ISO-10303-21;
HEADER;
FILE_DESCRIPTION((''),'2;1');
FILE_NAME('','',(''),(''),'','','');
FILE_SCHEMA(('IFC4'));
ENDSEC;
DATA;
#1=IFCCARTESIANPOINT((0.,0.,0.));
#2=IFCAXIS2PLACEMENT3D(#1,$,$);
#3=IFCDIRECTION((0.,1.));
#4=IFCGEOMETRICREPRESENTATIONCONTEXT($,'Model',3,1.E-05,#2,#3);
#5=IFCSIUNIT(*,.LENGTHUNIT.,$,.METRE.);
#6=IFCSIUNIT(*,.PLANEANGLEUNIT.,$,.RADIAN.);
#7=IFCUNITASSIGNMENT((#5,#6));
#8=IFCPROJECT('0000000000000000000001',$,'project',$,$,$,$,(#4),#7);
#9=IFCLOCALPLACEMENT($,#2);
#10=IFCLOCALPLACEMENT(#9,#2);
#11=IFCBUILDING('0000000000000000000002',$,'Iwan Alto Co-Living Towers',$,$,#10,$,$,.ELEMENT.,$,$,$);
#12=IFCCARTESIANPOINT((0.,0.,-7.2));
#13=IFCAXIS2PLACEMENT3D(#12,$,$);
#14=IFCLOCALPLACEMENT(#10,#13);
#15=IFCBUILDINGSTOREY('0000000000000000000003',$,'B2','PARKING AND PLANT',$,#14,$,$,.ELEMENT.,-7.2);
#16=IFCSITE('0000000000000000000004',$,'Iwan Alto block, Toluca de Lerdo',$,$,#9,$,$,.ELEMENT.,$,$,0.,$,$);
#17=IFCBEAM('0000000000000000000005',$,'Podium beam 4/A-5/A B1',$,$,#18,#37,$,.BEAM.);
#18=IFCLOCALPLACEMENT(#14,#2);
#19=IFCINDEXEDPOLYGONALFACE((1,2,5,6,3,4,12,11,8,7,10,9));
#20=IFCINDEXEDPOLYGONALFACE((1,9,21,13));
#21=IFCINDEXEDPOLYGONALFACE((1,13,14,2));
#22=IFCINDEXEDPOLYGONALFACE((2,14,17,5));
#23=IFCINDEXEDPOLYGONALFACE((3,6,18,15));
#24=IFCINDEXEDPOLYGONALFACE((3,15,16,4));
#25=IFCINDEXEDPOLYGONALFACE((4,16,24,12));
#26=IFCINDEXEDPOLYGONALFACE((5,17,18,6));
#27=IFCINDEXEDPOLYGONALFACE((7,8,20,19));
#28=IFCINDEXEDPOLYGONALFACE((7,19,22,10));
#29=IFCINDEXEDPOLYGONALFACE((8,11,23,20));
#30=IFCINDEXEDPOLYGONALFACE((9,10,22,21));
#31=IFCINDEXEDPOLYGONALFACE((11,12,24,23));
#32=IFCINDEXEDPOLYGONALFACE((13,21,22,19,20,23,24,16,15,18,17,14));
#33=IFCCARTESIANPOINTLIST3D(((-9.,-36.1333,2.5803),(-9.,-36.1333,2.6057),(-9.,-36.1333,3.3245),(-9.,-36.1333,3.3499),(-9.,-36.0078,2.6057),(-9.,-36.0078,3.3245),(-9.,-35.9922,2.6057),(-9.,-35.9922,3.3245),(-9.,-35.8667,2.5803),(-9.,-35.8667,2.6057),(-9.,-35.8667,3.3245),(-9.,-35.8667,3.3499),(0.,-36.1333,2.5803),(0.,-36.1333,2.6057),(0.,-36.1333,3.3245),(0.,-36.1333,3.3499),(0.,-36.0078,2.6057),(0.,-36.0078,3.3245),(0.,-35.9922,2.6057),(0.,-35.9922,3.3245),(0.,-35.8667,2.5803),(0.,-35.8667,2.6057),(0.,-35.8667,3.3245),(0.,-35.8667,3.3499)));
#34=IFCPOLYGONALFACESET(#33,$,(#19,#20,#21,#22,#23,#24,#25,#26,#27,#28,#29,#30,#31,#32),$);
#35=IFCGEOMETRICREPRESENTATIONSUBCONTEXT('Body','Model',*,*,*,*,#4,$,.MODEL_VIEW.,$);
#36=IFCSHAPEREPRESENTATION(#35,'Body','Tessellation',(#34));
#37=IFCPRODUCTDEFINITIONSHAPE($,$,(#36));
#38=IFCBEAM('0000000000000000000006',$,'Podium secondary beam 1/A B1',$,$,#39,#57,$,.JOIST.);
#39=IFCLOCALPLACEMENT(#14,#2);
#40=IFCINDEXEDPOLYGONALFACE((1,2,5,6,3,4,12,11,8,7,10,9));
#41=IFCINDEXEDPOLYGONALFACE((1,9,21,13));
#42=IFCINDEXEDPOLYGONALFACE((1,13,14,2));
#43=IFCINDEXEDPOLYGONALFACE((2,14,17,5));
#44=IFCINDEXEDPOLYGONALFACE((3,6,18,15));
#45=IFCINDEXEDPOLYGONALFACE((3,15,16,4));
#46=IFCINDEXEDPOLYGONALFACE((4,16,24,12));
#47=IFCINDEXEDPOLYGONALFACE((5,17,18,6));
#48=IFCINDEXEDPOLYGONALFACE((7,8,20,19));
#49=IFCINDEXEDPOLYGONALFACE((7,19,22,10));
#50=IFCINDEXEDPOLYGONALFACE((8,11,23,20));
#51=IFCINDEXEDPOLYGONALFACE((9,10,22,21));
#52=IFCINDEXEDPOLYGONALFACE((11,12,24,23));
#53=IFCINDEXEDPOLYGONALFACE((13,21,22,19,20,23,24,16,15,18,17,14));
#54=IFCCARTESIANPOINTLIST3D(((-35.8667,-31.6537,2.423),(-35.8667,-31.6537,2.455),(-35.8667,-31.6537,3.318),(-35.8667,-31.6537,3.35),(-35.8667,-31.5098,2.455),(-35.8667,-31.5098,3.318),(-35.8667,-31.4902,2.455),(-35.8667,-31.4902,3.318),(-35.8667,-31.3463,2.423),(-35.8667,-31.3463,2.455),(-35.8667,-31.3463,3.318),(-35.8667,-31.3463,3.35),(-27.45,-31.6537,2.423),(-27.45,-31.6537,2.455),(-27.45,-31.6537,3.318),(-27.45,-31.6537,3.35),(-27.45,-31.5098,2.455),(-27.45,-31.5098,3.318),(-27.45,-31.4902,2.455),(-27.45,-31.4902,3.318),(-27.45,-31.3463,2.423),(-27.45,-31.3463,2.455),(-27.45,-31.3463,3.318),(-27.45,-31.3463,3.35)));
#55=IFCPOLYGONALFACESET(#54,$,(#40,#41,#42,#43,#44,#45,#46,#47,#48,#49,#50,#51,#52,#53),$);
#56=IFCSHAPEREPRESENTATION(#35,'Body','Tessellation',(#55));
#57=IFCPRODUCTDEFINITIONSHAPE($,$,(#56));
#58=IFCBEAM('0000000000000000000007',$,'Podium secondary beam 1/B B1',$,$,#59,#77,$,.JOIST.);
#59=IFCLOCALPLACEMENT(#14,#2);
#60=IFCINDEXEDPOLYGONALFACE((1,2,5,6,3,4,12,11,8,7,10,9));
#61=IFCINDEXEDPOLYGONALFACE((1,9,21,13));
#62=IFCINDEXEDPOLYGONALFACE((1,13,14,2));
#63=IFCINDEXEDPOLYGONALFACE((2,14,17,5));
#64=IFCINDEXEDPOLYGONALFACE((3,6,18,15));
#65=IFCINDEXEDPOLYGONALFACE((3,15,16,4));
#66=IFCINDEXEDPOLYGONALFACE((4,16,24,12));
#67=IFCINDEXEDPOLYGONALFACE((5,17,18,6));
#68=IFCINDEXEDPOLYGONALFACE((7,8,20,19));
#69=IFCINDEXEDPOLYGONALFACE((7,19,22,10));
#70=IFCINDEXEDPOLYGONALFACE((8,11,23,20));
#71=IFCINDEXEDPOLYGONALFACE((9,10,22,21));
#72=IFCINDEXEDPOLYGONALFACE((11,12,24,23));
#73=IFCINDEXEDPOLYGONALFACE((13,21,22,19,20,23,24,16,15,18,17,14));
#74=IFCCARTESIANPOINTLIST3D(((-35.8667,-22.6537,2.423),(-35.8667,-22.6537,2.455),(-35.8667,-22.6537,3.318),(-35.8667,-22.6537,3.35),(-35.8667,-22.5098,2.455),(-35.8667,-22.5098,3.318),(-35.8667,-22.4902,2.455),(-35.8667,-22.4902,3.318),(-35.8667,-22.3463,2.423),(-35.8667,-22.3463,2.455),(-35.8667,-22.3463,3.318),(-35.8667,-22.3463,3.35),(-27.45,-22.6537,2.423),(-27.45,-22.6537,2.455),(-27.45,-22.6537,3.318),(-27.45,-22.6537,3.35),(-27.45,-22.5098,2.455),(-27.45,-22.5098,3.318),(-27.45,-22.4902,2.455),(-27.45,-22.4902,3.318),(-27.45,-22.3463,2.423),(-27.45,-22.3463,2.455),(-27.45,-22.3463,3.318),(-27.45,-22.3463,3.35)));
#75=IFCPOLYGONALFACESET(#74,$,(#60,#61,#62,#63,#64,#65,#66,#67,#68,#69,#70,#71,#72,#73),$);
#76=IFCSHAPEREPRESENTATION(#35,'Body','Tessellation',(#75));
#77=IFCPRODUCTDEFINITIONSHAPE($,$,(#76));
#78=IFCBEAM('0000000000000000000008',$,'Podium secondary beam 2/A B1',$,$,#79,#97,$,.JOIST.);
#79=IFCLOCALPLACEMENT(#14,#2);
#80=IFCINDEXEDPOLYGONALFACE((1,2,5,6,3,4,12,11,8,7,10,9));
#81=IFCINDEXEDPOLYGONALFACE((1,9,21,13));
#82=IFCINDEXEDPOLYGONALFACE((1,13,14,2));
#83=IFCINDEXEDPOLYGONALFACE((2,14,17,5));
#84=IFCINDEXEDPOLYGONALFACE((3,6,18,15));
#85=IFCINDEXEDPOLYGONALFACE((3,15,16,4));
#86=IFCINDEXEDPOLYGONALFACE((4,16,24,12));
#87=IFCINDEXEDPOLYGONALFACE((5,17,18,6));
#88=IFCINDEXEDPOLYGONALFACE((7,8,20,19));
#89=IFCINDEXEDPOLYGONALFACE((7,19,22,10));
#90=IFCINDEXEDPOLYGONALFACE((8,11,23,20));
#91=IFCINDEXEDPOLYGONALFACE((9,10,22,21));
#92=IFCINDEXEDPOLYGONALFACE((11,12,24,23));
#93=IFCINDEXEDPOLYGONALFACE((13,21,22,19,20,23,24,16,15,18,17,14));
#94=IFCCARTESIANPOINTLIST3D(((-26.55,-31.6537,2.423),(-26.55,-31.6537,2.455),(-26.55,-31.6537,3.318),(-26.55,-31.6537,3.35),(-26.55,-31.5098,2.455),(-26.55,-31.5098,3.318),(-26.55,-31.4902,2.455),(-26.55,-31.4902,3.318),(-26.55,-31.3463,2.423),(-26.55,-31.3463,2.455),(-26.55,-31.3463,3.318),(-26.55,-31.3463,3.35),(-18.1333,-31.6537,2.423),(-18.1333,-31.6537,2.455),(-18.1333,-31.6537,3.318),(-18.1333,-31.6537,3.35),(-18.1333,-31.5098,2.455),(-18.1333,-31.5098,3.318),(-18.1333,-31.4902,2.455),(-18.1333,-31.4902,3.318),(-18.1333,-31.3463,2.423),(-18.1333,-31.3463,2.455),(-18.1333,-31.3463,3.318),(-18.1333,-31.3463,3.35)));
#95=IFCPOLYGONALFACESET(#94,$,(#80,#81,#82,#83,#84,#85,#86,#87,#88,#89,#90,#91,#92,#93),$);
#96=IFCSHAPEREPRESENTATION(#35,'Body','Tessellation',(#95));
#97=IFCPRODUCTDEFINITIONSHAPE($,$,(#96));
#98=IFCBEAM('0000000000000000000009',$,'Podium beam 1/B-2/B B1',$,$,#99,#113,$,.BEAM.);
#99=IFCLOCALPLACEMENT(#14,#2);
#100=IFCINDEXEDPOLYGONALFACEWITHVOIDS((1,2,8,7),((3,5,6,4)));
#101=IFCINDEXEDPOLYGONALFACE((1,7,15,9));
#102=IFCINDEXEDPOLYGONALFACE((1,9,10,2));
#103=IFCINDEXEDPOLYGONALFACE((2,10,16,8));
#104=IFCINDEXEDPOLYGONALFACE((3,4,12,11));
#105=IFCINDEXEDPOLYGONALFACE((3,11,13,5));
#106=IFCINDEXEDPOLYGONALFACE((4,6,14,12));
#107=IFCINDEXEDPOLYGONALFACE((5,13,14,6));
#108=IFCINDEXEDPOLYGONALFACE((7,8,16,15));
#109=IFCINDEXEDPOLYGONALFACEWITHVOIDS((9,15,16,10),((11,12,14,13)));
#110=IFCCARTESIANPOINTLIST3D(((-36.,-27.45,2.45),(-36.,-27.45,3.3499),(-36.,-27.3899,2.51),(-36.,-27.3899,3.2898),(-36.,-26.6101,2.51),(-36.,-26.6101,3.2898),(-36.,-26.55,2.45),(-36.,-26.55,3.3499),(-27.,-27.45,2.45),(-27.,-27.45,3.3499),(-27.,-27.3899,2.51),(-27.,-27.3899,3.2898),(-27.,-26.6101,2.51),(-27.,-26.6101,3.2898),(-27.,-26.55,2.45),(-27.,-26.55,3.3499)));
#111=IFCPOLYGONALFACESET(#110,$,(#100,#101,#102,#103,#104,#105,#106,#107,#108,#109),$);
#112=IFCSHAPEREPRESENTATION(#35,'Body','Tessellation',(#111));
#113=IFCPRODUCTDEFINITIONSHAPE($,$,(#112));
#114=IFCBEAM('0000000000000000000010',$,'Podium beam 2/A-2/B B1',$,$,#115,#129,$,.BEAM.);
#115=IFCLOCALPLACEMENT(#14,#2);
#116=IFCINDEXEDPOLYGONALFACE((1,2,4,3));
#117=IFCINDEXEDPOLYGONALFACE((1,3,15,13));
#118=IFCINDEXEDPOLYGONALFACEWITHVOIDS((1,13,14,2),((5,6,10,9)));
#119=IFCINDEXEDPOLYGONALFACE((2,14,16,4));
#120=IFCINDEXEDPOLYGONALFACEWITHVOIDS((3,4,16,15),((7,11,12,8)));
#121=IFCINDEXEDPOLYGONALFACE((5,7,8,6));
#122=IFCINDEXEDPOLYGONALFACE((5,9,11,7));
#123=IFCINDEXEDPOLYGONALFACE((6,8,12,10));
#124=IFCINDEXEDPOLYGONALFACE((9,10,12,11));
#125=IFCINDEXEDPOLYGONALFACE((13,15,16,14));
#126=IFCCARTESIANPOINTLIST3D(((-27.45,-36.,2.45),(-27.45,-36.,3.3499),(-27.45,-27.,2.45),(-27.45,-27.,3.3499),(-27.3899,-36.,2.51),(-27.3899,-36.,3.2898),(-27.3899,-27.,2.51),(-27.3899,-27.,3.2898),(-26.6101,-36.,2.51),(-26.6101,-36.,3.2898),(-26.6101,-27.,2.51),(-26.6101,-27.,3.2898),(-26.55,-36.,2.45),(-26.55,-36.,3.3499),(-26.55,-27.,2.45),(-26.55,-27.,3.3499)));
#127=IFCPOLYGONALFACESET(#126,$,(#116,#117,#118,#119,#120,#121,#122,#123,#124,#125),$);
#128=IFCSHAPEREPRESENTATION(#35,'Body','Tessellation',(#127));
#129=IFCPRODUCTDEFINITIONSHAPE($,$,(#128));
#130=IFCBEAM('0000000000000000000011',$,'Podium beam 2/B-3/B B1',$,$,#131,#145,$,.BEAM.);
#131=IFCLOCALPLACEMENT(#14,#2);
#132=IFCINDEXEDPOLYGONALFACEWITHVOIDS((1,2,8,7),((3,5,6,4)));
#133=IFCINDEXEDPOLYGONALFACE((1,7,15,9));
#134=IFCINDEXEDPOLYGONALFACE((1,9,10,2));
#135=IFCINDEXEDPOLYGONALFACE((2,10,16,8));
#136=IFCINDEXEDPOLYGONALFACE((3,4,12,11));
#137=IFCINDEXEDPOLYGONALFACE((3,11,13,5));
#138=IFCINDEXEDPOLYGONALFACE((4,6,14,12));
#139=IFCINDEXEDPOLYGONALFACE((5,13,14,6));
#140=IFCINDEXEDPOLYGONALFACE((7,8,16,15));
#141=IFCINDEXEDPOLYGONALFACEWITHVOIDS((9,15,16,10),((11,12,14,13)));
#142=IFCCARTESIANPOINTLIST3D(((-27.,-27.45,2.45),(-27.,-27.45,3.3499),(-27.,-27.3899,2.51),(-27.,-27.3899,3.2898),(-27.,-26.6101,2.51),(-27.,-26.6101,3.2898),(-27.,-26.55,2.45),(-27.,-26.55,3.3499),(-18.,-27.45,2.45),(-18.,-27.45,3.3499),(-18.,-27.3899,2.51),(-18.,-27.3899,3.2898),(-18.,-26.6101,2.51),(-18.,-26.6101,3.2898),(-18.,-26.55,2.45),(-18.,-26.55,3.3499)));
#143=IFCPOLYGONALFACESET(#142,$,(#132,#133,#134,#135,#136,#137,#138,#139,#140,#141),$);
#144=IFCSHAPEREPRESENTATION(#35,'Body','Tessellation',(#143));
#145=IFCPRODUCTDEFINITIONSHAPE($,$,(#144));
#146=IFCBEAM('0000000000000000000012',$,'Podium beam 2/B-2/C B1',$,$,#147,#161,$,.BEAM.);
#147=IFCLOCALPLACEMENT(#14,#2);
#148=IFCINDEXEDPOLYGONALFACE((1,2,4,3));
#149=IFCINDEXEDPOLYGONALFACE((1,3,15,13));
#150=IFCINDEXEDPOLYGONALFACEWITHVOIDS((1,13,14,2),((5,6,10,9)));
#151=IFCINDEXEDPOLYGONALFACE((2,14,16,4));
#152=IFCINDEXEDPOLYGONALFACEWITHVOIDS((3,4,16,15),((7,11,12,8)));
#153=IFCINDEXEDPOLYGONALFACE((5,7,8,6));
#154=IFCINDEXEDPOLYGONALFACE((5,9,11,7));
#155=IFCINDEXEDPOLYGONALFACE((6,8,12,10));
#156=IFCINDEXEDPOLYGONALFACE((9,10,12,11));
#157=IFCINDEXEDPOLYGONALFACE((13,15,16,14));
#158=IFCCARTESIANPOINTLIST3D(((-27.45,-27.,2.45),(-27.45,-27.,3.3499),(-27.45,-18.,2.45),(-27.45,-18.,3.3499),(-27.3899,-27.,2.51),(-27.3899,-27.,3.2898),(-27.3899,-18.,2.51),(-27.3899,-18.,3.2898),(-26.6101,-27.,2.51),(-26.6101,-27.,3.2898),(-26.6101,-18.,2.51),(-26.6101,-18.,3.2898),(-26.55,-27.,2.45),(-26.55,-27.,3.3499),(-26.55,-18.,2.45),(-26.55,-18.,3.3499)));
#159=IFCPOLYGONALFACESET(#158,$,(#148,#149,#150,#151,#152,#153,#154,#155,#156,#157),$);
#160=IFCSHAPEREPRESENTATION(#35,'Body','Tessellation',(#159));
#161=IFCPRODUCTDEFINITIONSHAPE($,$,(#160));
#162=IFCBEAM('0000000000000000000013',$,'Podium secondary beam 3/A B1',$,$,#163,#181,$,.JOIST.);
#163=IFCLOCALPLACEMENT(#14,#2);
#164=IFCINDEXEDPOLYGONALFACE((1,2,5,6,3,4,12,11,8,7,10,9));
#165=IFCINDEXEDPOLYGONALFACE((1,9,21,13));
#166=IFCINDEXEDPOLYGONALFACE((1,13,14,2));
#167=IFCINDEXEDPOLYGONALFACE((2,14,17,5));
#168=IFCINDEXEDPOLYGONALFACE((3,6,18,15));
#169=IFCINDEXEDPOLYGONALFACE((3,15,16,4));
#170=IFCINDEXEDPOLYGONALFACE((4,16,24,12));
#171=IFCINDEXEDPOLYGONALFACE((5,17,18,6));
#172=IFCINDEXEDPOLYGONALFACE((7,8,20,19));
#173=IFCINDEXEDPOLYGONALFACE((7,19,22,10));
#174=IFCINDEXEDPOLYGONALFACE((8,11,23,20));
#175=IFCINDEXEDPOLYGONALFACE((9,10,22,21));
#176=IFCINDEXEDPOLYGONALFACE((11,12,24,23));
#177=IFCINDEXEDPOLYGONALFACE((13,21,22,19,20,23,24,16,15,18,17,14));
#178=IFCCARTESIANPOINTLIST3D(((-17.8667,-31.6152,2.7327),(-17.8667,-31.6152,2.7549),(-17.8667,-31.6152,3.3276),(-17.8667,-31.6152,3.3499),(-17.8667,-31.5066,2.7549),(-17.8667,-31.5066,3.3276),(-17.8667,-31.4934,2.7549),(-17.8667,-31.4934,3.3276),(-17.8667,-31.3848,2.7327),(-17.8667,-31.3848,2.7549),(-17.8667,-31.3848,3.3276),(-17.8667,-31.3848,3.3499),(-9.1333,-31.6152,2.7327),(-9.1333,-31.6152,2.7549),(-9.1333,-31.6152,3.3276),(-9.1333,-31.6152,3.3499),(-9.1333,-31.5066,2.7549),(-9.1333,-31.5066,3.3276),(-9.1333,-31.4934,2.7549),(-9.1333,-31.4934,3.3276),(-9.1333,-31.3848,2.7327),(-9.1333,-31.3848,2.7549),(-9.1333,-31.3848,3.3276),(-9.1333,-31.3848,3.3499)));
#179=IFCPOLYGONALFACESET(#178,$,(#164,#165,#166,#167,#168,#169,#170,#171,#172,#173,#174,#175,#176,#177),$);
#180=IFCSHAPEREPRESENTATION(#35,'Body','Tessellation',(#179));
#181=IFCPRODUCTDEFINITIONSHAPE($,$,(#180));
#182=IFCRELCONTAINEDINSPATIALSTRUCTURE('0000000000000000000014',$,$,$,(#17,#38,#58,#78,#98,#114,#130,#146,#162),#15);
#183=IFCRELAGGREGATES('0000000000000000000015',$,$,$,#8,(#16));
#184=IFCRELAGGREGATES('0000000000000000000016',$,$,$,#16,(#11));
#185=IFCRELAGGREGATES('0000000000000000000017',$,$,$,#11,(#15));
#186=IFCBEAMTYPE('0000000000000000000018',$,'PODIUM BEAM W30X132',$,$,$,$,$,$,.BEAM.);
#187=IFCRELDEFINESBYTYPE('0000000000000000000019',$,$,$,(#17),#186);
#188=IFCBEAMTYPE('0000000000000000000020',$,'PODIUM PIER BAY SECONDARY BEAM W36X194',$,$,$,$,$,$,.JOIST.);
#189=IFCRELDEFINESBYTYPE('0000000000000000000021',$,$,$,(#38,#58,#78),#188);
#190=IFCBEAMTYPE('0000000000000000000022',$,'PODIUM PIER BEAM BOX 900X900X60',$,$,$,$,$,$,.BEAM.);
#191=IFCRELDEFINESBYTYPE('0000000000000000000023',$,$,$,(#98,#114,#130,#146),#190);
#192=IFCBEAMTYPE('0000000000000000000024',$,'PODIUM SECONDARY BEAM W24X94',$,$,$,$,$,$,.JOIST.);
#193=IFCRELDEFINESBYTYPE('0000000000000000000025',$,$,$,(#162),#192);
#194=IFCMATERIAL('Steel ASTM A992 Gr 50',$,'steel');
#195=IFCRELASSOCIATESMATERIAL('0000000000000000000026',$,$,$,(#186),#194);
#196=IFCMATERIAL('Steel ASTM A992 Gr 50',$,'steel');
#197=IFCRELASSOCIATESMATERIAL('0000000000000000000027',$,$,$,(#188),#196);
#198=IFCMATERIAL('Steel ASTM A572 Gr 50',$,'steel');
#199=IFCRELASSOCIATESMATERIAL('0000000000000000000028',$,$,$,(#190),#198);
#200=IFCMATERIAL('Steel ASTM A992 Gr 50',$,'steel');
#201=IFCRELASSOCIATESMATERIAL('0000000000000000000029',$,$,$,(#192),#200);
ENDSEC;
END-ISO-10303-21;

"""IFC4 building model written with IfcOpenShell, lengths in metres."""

from ifc_helpers import new_model, si_unit, direction, frame, origin, origin_2d, place, context, subcontext, project, spatial, hollow_rectangle, i_section, extrude, material, material_profile, profile_set, type_object, element, save


model = new_model("IFC4")

# Units and contexts
model_context = context("Model", 3, precision=1e-05, world=origin(), true_north=direction((0.0, 1.0)))
body_context = subcontext(model_context, "Body", "Model", "MODEL_VIEW")
ifc_project = project(units=[si_unit("LENGTHUNIT", "METRE"), si_unit("PLANEANGLEUNIT", "RADIAN")], contexts=[model_context])

# Site, building, storey
site_placement = place(None, origin())
site = spatial("IfcSite", under=ifc_project, at=site_placement, Name="Iwan Alto block, Toluca de Lerdo", CompositionType="ELEMENT", RefElevation=0.0)
building_placement = place(site_placement, origin())
building = spatial("IfcBuilding", under=site, at=building_placement, Name="Iwan Alto Co-Living Towers", CompositionType="ELEMENT")
storey_placement = place(building_placement, frame((0.0, 0.0, -7.2)))
storey = spatial("IfcBuildingStorey", under=building, at=storey_placement, Name="B2", Description="PARKING AND PLANT", CompositionType="ELEMENT", Elevation=-7.2)

# Beams
ifc_material_1 = material(Name="Steel ASTM A992 Gr 50", Category="steel")
ifc_material_profile_1 = material_profile(ifc_material_1, i_section(OverallWidth=0.2666, OverallDepth=0.7695, WebThickness=0.0156, FlangeThickness=0.0254, at=origin_2d()), Name="W30X132")
ifc_profile_set_1 = profile_set([ifc_material_profile_1], Name="Steel ASTM A992 Gr 50")
beam_type_1 = type_object("IfcBeamType", Name="PODIUM BEAM W30X132", PredefinedType="BEAM", material=ifc_profile_set_1)
for number, where, z_axis, x_axis, name in (
    (1, (-9.0, -36.0, 2.9651), (1.0, 0.0, 0.0), (0.0, 1.0, 0.0), "Podium beam 4/A-5/A B1"),
):
    element("IfcBeam", number, at=place(storey_placement, frame(where, z_axis=z_axis, x_axis=x_axis)), inside=storey, type_object=beam_type_1, Name=name, PredefinedType="BEAM", context=body_context, shape_type="SweptSolid", body=[
        extrude(i_section(OverallWidth=0.2666, OverallDepth=0.7695, WebThickness=0.0156, FlangeThickness=0.0254, at=origin_2d()), origin(), (0.0, 0.0, 1.0), 9.0),
    ])
ifc_material_2 = material(Name="Steel ASTM A992 Gr 50", Category="steel")
ifc_material_profile_2 = material_profile(ifc_material_2, i_section(OverallWidth=0.3074, OverallDepth=0.927, WebThickness=0.0195, FlangeThickness=0.032, at=origin_2d()), Name="W36X194")
ifc_profile_set_2 = profile_set([ifc_material_profile_2], Name="Steel ASTM A992 Gr 50")
beam_type_2 = type_object("IfcBeamType", Name="PODIUM PIER BAY SECONDARY BEAM W36X194", PredefinedType="JOIST", material=ifc_profile_set_2)
for number, where, z_axis, x_axis, name in (
    (2, (-35.8667, -31.5, 2.8865), (1.0, 0.0, 0.0), (0.0, 1.0, 0.0), "Podium secondary beam 1/A B1"),
    (3, (-35.8667, -22.5, 2.8865), (1.0, 0.0, 0.0), (0.0, 1.0, 0.0), "Podium secondary beam 1/B B1"),
    (4, (-26.55, -31.5, 2.8865), (1.0, 0.0, 0.0), (0.0, 1.0, 0.0), "Podium secondary beam 2/A B1"),
):
    element("IfcBeam", number, at=place(storey_placement, frame(where, z_axis=z_axis, x_axis=x_axis)), inside=storey, type_object=beam_type_2, Name=name, PredefinedType="JOIST", context=body_context, shape_type="SweptSolid", body=[
        extrude(i_section(OverallWidth=0.3074, OverallDepth=0.927, WebThickness=0.0195, FlangeThickness=0.032, at=origin_2d()), origin(), (0.0, 0.0, 1.0), 8.4167),
    ])
ifc_material_3 = material(Name="Steel ASTM A572 Gr 50", Category="steel")
ifc_material_profile_3 = material_profile(ifc_material_3, hollow_rectangle(XDim=0.8999, YDim=0.8999, WallThickness=0.0601, at=origin_2d()), Name="BOX 900X900X60")
ifc_profile_set_3 = profile_set([ifc_material_profile_3], Name="Steel ASTM A572 Gr 50")
beam_type_3 = type_object("IfcBeamType", Name="PODIUM PIER BEAM BOX 900X900X60", PredefinedType="BEAM", material=ifc_profile_set_3)
for number, where, z_axis, x_axis, name in (
    (5, (-36.0, -27.0, 2.8999), (1.0, 0.0, 0.0), (0.0, 1.0, 0.0), "Podium beam 1/B-2/B B1"),
    (6, (-27.0, -36.0, 2.8999), (0.0, 1.0, 0.0), (-1.0, 0.0, 0.0), "Podium beam 2/A-2/B B1"),
    (7, (-27.0, -27.0, 2.8999), (1.0, 0.0, 0.0), (0.0, 1.0, 0.0), "Podium beam 2/B-3/B B1"),
    (8, (-27.0, -27.0, 2.8999), (0.0, 1.0, 0.0), (-1.0, 0.0, 0.0), "Podium beam 2/B-2/C B1"),
):
    element("IfcBeam", number, at=place(storey_placement, frame(where, z_axis=z_axis, x_axis=x_axis)), inside=storey, type_object=beam_type_3, Name=name, PredefinedType="BEAM", context=body_context, shape_type="SweptSolid", body=[
        extrude(hollow_rectangle(XDim=0.8999, YDim=0.8999, WallThickness=0.0601, at=origin_2d()), origin(), (0.0, 0.0, 1.0), 9.0),
    ])
ifc_material_4 = material(Name="Steel ASTM A992 Gr 50", Category="steel")
ifc_material_profile_4 = material_profile(ifc_material_4, i_section(OverallWidth=0.2305, OverallDepth=0.6172, WebThickness=0.0132, FlangeThickness=0.0222, at=origin_2d()), Name="W24X94")
ifc_profile_set_4 = profile_set([ifc_material_profile_4], Name="Steel ASTM A992 Gr 50")
beam_type_4 = type_object("IfcBeamType", Name="PODIUM SECONDARY BEAM W24X94", PredefinedType="JOIST", material=ifc_profile_set_4)
beam_1_placement = place(storey_placement, frame((-17.8667, -31.5, 3.0413), z_axis=(1.0, 0.0, 0.0), x_axis=(0.0, 1.0, 0.0)))
element("IfcBeam", 9, at=beam_1_placement, inside=storey, type_object=beam_type_4, Name="Podium secondary beam 3/A B1", PredefinedType="JOIST", context=body_context, shape_type="SweptSolid", body=[
    extrude(i_section(OverallWidth=0.2305, OverallDepth=0.6172, WebThickness=0.0132, FlangeThickness=0.0222, at=origin_2d()), origin(), (0.0, 0.0, 1.0), 8.7334),
])

save(model, "model.ifc")
